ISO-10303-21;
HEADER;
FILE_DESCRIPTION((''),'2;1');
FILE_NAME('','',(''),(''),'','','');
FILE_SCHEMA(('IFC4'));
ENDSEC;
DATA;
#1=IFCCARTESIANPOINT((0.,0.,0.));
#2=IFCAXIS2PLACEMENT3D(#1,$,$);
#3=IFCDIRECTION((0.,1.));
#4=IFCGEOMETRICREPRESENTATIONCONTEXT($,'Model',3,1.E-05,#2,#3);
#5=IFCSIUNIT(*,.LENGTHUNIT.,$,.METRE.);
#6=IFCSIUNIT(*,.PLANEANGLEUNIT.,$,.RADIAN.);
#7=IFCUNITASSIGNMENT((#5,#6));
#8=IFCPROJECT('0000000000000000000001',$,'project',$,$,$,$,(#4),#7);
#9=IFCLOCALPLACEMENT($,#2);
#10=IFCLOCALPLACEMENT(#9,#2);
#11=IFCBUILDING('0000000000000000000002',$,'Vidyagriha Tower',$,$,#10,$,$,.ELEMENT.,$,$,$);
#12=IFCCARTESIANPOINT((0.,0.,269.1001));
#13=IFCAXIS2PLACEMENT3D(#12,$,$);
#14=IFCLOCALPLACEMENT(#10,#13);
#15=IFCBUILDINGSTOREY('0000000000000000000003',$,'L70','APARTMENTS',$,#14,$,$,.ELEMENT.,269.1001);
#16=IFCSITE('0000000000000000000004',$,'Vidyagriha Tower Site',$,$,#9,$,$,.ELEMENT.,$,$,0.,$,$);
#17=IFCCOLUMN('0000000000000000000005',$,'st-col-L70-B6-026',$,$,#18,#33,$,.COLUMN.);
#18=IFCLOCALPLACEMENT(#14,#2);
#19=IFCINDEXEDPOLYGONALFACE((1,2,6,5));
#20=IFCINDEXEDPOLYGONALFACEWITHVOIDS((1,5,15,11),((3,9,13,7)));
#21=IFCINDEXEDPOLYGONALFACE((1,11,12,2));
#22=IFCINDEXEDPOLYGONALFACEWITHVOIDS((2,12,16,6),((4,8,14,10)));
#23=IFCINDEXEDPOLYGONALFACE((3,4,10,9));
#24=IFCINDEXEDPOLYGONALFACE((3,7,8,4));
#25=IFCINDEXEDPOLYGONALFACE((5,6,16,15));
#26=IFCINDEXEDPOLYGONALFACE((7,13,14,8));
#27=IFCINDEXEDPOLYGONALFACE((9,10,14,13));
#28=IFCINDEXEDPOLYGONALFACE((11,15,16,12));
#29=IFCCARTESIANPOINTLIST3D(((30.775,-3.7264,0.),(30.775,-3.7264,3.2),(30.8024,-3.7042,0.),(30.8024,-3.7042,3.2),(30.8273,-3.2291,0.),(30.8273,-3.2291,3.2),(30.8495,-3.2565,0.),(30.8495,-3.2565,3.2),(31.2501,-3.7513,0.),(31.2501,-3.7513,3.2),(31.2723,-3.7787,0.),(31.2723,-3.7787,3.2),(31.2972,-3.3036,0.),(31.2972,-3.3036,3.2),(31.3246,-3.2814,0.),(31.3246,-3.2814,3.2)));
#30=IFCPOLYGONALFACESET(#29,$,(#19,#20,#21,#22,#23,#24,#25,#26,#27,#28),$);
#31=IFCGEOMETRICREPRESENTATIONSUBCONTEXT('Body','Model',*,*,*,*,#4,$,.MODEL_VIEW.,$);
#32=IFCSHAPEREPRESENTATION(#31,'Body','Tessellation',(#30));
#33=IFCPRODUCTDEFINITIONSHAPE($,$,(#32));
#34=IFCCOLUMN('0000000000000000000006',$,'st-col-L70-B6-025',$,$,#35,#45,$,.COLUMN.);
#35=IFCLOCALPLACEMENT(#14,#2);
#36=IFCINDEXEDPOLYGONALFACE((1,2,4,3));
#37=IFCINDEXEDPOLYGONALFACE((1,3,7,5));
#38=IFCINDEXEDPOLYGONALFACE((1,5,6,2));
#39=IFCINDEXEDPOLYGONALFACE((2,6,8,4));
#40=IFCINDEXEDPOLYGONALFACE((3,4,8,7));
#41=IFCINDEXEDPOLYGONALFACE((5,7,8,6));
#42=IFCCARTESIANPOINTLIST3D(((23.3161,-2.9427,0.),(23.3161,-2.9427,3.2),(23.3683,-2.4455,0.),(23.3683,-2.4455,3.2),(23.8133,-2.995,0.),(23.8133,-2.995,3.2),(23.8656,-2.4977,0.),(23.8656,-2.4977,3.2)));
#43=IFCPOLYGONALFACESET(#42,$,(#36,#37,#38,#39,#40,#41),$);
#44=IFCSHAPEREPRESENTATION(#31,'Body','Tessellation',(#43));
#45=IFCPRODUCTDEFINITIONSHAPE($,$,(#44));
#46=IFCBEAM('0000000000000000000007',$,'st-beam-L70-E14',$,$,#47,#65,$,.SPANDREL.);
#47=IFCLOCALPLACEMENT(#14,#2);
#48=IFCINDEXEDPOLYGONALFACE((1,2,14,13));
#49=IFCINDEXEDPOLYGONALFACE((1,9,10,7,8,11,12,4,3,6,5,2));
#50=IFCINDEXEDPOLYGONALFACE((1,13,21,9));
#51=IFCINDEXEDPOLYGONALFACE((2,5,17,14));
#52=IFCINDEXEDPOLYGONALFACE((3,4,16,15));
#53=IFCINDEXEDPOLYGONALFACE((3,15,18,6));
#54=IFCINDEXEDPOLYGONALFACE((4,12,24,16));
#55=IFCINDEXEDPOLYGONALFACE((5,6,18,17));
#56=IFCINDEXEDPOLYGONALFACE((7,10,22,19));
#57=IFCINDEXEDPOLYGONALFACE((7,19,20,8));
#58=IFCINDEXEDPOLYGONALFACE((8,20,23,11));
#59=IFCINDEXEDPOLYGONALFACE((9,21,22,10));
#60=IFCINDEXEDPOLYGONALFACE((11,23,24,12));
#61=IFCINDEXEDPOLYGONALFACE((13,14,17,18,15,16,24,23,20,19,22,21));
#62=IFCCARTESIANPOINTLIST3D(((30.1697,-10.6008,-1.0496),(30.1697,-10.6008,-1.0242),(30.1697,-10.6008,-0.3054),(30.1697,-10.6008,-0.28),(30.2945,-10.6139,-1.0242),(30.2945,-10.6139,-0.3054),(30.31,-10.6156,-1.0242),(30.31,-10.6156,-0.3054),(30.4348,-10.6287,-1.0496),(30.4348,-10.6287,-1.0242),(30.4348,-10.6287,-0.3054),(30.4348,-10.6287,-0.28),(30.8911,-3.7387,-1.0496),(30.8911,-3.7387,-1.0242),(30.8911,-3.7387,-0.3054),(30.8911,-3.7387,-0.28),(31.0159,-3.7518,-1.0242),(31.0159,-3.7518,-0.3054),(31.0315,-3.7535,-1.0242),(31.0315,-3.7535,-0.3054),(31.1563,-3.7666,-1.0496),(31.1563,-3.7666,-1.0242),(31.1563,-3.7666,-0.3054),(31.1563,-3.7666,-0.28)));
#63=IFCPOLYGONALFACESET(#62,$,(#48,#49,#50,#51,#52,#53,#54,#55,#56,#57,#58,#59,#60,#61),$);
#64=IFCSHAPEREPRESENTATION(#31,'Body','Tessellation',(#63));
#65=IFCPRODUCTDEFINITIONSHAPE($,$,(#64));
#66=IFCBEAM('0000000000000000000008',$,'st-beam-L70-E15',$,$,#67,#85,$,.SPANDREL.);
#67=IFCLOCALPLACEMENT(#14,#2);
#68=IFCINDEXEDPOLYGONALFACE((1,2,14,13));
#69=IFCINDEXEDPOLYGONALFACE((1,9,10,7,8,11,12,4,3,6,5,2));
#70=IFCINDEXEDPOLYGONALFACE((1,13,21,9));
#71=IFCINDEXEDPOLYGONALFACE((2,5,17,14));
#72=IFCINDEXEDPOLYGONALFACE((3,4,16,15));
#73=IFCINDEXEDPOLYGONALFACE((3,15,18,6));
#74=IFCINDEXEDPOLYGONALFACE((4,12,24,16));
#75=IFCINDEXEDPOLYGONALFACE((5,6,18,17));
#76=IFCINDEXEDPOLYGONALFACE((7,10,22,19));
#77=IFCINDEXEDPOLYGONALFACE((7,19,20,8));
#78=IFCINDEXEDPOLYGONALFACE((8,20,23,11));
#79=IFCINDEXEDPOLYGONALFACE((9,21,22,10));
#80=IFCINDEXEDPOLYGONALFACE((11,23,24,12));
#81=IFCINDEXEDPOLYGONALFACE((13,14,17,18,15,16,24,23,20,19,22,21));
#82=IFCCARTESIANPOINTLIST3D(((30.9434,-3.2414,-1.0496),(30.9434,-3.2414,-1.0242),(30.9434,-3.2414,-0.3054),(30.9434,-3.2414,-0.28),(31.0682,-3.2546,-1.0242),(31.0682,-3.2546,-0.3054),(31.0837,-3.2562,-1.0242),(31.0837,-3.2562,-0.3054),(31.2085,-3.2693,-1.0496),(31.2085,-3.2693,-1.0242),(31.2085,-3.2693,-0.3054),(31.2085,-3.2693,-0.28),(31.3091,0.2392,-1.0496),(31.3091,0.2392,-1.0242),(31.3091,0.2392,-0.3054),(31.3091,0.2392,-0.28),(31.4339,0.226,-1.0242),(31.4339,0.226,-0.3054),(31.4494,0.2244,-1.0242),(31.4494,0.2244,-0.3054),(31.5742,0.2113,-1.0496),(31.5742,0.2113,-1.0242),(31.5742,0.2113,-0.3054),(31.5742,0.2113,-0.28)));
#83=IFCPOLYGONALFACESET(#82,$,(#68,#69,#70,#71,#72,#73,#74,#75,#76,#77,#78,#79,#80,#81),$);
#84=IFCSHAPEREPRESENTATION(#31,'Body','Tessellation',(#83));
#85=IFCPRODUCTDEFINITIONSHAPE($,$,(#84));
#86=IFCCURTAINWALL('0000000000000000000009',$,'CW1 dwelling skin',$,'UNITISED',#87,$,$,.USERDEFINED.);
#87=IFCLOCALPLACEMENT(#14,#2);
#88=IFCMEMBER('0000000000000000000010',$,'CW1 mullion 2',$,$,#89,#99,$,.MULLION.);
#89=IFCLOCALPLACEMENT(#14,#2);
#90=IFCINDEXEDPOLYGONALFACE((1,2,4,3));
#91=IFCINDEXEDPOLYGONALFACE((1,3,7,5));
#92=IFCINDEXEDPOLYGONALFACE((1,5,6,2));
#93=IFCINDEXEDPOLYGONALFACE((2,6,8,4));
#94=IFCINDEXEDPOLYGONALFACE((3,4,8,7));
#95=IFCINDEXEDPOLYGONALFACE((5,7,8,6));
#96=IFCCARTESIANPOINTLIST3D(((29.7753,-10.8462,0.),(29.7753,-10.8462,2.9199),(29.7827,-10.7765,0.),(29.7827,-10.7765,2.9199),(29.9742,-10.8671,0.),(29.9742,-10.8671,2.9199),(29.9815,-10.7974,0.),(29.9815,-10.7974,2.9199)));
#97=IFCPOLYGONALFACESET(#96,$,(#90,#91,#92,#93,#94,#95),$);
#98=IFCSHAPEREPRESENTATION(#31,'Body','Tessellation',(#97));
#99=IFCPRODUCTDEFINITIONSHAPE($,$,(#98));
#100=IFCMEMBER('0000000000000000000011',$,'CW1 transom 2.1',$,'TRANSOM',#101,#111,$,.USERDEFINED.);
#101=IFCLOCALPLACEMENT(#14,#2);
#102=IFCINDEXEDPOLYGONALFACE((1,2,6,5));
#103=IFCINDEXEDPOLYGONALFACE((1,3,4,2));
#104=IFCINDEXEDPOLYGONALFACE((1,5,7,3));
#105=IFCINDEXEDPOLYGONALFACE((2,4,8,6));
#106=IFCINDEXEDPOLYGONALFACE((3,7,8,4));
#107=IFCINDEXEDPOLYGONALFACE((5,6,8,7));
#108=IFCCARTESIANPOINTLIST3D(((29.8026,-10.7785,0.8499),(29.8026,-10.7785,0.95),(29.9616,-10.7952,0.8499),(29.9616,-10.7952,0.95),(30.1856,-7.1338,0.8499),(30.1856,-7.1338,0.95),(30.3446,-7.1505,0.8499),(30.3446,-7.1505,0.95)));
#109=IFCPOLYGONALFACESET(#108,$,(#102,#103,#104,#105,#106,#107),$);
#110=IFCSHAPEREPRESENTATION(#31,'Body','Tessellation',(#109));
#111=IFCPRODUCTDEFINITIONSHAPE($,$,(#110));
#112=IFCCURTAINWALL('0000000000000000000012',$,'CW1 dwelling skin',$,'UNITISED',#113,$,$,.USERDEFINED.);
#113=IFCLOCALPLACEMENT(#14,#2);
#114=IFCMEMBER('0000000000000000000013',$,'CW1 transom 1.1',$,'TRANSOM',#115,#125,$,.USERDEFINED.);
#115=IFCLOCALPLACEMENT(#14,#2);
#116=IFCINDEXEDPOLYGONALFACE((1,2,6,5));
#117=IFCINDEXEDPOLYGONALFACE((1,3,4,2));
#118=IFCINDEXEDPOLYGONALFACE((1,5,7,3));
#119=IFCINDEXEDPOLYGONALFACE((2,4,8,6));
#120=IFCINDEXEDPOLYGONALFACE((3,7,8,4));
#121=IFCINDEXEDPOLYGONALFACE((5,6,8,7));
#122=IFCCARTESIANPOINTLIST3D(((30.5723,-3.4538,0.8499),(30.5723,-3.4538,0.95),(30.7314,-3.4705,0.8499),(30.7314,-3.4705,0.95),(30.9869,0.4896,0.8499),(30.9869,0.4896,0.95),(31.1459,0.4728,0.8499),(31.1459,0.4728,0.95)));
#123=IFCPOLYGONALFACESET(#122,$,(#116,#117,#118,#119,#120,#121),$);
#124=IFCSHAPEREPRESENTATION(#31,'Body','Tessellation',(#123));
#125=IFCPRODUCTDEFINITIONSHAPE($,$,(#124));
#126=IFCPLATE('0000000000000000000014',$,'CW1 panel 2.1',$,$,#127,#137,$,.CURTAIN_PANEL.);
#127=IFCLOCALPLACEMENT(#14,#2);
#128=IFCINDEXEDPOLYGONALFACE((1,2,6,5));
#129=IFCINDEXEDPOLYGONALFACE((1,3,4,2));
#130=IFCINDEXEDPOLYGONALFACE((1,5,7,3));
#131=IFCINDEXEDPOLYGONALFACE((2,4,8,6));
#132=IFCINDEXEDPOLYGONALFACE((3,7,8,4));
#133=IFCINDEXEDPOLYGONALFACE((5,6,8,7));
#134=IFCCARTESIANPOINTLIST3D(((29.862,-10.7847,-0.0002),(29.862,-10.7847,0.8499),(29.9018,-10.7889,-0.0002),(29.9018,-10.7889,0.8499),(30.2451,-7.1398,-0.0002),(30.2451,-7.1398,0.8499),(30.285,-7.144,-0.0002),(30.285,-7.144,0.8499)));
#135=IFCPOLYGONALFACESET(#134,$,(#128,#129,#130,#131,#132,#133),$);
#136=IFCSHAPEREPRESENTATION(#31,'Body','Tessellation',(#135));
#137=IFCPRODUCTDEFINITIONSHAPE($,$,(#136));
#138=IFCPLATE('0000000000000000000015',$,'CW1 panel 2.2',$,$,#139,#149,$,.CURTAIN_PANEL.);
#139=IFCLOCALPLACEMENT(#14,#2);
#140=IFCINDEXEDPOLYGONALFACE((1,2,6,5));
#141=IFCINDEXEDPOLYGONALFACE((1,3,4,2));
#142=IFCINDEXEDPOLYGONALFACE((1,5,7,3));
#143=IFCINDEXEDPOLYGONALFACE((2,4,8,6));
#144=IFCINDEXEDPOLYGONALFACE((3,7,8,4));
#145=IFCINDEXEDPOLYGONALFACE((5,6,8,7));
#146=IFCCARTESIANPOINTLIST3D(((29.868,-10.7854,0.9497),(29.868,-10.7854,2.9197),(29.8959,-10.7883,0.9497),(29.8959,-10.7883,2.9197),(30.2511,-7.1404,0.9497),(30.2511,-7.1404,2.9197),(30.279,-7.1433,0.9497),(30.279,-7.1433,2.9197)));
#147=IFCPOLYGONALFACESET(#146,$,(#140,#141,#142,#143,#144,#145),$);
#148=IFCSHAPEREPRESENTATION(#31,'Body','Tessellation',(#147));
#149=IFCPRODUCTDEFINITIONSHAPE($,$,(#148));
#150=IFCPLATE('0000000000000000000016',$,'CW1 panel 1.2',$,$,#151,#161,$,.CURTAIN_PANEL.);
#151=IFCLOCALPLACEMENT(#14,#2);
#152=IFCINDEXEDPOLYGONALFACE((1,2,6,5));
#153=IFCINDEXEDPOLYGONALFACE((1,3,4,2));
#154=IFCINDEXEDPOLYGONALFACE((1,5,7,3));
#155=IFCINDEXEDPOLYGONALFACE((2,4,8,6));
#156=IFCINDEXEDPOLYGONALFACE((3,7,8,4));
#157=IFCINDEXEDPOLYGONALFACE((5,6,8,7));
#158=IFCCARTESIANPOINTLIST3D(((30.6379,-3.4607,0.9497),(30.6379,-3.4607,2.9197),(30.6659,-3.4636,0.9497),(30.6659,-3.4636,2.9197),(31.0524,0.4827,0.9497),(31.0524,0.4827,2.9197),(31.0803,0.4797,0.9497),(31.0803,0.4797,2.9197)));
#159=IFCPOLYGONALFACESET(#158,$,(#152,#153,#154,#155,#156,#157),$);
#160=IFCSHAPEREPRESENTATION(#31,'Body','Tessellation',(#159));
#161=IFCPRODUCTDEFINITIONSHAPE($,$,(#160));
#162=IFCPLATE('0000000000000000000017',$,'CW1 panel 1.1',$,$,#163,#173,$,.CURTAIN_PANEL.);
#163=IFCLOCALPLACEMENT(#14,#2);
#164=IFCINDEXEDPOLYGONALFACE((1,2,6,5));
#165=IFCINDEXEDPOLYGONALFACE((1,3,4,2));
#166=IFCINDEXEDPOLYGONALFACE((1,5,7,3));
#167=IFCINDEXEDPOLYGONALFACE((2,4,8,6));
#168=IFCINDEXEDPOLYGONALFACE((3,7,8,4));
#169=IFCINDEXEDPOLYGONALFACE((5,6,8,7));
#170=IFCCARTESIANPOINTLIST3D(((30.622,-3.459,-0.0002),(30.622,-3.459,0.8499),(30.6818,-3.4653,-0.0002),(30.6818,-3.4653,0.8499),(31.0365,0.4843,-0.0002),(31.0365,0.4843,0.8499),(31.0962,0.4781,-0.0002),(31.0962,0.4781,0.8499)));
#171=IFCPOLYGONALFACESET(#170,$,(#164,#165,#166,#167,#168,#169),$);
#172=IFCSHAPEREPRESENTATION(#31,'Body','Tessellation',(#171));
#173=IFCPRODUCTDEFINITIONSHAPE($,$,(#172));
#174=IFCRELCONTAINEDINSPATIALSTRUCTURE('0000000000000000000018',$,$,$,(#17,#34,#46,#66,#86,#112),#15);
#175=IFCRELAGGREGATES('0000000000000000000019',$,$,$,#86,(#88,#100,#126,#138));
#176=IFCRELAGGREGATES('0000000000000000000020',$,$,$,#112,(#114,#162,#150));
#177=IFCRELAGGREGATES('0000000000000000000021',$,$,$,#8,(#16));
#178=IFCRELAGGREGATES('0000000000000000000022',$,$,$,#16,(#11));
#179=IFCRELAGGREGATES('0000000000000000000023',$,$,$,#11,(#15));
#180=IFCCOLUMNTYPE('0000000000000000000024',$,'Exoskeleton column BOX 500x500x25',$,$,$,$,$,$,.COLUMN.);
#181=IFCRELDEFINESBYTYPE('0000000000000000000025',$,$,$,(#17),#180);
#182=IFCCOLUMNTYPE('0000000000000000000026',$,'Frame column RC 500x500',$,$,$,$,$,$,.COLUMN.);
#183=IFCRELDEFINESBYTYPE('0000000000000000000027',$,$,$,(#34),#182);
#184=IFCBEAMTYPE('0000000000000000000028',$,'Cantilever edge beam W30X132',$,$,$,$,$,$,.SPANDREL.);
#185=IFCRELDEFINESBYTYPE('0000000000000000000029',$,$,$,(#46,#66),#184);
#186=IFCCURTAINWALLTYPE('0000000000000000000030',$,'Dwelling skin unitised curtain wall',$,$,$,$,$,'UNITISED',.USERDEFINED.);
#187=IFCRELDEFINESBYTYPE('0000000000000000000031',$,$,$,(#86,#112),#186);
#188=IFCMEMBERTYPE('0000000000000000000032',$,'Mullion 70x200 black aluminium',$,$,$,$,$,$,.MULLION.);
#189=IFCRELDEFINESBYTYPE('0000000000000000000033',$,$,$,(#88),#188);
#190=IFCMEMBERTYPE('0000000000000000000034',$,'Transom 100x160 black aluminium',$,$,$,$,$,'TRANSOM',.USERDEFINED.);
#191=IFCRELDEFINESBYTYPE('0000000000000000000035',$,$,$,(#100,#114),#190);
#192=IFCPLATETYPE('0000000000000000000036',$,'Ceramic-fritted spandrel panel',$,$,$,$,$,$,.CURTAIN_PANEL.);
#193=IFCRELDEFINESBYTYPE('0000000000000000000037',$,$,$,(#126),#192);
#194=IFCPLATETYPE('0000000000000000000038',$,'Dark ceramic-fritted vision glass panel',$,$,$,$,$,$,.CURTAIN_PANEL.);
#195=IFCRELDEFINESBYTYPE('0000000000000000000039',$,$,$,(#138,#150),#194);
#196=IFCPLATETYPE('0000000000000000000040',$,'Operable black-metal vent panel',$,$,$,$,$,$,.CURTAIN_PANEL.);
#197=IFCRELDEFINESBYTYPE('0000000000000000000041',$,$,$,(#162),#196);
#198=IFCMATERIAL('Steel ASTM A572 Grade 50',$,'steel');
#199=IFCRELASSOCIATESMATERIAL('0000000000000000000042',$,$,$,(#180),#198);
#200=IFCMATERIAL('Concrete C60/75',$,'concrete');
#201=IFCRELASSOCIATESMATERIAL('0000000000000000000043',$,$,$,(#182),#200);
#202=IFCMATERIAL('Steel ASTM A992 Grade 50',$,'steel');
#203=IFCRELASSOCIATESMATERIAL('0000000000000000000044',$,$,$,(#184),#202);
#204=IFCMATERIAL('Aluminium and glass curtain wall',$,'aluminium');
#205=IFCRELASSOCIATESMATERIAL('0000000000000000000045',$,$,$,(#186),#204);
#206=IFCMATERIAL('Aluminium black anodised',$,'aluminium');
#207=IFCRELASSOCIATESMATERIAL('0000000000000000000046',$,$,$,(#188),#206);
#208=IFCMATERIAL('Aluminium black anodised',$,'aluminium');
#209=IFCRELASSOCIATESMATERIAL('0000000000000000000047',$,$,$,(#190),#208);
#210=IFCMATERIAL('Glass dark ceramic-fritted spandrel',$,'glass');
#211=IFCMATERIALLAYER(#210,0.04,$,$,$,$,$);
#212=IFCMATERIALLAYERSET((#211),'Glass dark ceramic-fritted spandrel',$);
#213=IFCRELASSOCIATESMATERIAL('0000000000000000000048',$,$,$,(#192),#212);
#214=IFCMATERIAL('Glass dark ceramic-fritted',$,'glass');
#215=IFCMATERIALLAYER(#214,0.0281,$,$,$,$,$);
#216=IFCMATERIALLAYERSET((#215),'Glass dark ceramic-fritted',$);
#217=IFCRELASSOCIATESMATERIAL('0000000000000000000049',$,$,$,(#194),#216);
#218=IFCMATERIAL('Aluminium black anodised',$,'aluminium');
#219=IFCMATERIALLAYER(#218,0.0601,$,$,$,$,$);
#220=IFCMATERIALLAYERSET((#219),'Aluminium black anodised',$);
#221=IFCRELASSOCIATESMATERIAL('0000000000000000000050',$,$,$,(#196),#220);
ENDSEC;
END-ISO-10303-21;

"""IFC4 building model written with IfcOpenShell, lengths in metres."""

from ifc_helpers import new_model, si_unit, direction, frame, origin, origin_2d, place, context, subcontext, project, spatial, rectangle, hollow_rectangle, i_section, extrude, material, layer, layer_set, material_profile, profile_set, type_object, element, aggregate, save


model = new_model("IFC4")

# Units and contexts
model_context = context("Model", 3, precision=1e-05, world=origin(), true_north=direction((0.0, 1.0)))
body_context = subcontext(model_context, "Body", "Model", "MODEL_VIEW")
ifc_project = project(units=[si_unit("LENGTHUNIT", "METRE"), si_unit("PLANEANGLEUNIT", "RADIAN")], contexts=[model_context])

# Site, building, storey
site_placement = place(None, origin())
site = spatial("IfcSite", under=ifc_project, at=site_placement, Name="Vidyagriha Tower Site", CompositionType="ELEMENT", RefElevation=0.0)
building_placement = place(site_placement, origin())
building = spatial("IfcBuilding", under=site, at=building_placement, Name="Vidyagriha Tower", CompositionType="ELEMENT")
storey_placement = place(building_placement, frame((0.0, 0.0, 269.1001)))
storey = spatial("IfcBuildingStorey", under=building, at=storey_placement, Name="L70", Description="APARTMENTS", CompositionType="ELEMENT", Elevation=269.1001)

# Columns
ifc_material_1 = material(Name="Steel ASTM A572 Grade 50", Category="steel")
ifc_material_profile_1 = material_profile(ifc_material_1, hollow_rectangle(XDim=0.5, YDim=0.5, WallThickness=0.0249, at=origin_2d()), Name="BOX 500x500x25")
ifc_profile_set_1 = profile_set([ifc_material_profile_1], Name="Steel ASTM A572 Grade 50")
column_type_1 = type_object("IfcColumnType", Name="Exoskeleton column BOX 500x500x25", PredefinedType="COLUMN", material=ifc_profile_set_1)
column_1_placement = place(storey_placement, frame((31.0498, -3.5039, 0.0), z_axis=(0.0, 0.0, 1.0), x_axis=(0.994522, -0.104528, 0.0)))
element("IfcColumn", 1, at=column_1_placement, inside=storey, type_object=column_type_1, Name="st-col-L70-B6-026", PredefinedType="COLUMN", context=body_context, shape_type="SweptSolid", body=[
    extrude(hollow_rectangle(XDim=0.5, YDim=0.5, WallThickness=0.0249, at=origin_2d()), origin(), (0.0, 0.0, 1.0), 3.2),
])
ifc_material_2 = material(Name="Concrete C60/75", Category="concrete")
ifc_material_profile_2 = material_profile(ifc_material_2, rectangle(XDim=0.5, YDim=0.5, at=origin_2d()), Name="RC 500x500")
ifc_profile_set_2 = profile_set([ifc_material_profile_2], Name="Concrete C60/75")
column_type_2 = type_object("IfcColumnType", Name="Frame column RC 500x500", PredefinedType="COLUMN", material=ifc_profile_set_2)
column_2_placement = place(storey_placement, frame((23.5908, -2.7202, 0.0), z_axis=(0.0, 0.0, 1.0), x_axis=(0.994522, -0.104528, 0.0)))
element("IfcColumn", 2, at=column_2_placement, inside=storey, type_object=column_type_2, Name="st-col-L70-B6-025", PredefinedType="COLUMN", context=body_context, shape_type="SweptSolid", body=[
    extrude(rectangle(XDim=0.5, YDim=0.5, at=origin_2d()), origin(), (0.0, 0.0, 1.0), 3.2),
])

# Beams
ifc_material_3 = material(Name="Steel ASTM A992 Grade 50", Category="steel")
ifc_material_profile_3 = material_profile(ifc_material_3, i_section(OverallWidth=0.2666, OverallDepth=0.7695, WebThickness=0.0156, FlangeThickness=0.0254, at=origin_2d()), Name="W30X132")
ifc_profile_set_3 = profile_set([ifc_material_profile_3], Name="Steel ASTM A992 Grade 50")
beam_type = type_object("IfcBeamType", Name="Cantilever edge beam W30X132", PredefinedType="SPANDREL", material=ifc_profile_set_3)
beam_1_placement = place(storey_placement, frame((30.3022, -10.6147, -0.6648), z_axis=(0.104558, 0.994519, 0.0), x_axis=(-0.994519, 0.104558, 0.0)))
element("IfcBeam", 3, at=beam_1_placement, inside=storey, type_object=beam_type, Name="st-beam-L70-E14", PredefinedType="SPANDREL", context=body_context, shape_type="SweptSolid", body=[
    extrude(i_section(OverallWidth=0.2666, OverallDepth=0.7695, WebThickness=0.0156, FlangeThickness=0.0254, at=origin_2d()), origin(), (0.0, 0.0, 1.0), 6.8999),
])
beam_2_placement = place(storey_placement, frame((31.0759, -3.2554, -0.6648), z_axis=(0.104496, 0.994525, 0.0), x_axis=(-0.994525, 0.104496, 0.0)))
element("IfcBeam", 4, at=beam_2_placement, inside=storey, type_object=beam_type, Name="st-beam-L70-E15", PredefinedType="SPANDREL", context=body_context, shape_type="SweptSolid", body=[
    extrude(i_section(OverallWidth=0.2666, OverallDepth=0.7695, WebThickness=0.0156, FlangeThickness=0.0254, at=origin_2d()), origin(), (0.0, 0.0, 1.0), 3.4998),
])

# Curtain wall, members
ifc_material_4 = material(Name="Aluminium and glass curtain wall", Category="aluminium")
curtain_wall_type = type_object("IfcCurtainWallType", Name="Dwelling skin unitised curtain wall", ElementType="UNITISED", PredefinedType="USERDEFINED", material=ifc_material_4)
curtain_wall_1_placement = place(storey_placement, origin())
curtain_wall_1 = element("IfcCurtainWall", 5, at=curtain_wall_1_placement, inside=storey, type_object=curtain_wall_type, Name="CW1 dwelling skin", ObjectType="UNITISED", PredefinedType="USERDEFINED")
ifc_material_5 = material(Name="Aluminium black anodised", Category="aluminium")
ifc_material_profile_4 = material_profile(ifc_material_5, rectangle(XDim=0.2, YDim=0.0701, at=origin_2d()), Name="Mullion 70x200 black aluminium")
ifc_profile_set_4 = profile_set([ifc_material_profile_4], Name="Aluminium black anodised")
member_type_1 = type_object("IfcMemberType", Name="Mullion 70x200 black aluminium", PredefinedType="MULLION", material=ifc_profile_set_4)
member_1_placement = place(storey_placement, frame((29.8784, -10.8218, 0.0), z_axis=(0.0, 0.0, 1.0), x_axis=(-0.994521, 0.104533, 0.0)))
member_1 = element("IfcMember", 6, at=member_1_placement, type_object=member_type_1, Name="CW1 mullion 2", PredefinedType="MULLION", context=body_context, shape_type="SweptSolid", body=[
    extrude(rectangle(XDim=0.2, YDim=0.0701, at=origin_2d()), origin(), (0.0, 0.0, 1.0), 2.9199),
])
ifc_material_6 = material(Name="Aluminium black anodised", Category="aluminium")
ifc_material_profile_5 = material_profile(ifc_material_6, rectangle(XDim=0.1599, YDim=0.1001, at=origin_2d()), Name="Transom 100x160 black aluminium")
ifc_profile_set_5 = profile_set([ifc_material_profile_5], Name="Aluminium black anodised")
member_type_2 = type_object("IfcMemberType", Name="Transom 100x160 black aluminium", ElementType="TRANSOM", PredefinedType="USERDEFINED", material=ifc_profile_set_5)
member_2_placement = place(storey_placement, frame((29.8821, -10.7869, 0.8999), z_axis=(0.104522, 0.994523, 0.0), x_axis=(-0.994523, 0.104522, 0.0)))
member_2 = element("IfcMember", 7, at=member_2_placement, type_object=member_type_2, Name="CW1 transom 2.1", ObjectType="TRANSOM", PredefinedType="USERDEFINED", context=body_context, shape_type="SweptSolid", body=[
    extrude(rectangle(XDim=0.1599, YDim=0.1001, at=origin_2d()), origin(), (0.0, 0.0, 1.0), 3.6648),
])

# Curtain wall, member
curtain_wall_2_placement = place(storey_placement, origin())
curtain_wall_2 = element("IfcCurtainWall", 8, at=curtain_wall_2_placement, inside=storey, type_object=curtain_wall_type, Name="CW1 dwelling skin", ObjectType="UNITISED", PredefinedType="USERDEFINED")
member_3_placement = place(storey_placement, frame((30.6519, -3.4622, 0.8999), z_axis=(0.10455, 0.99452, 0.0), x_axis=(-0.99452, 0.10455, 0.0)))
member_3 = element("IfcMember", 9, at=member_3_placement, type_object=member_type_2, Name="CW1 transom 1.1", ObjectType="TRANSOM", PredefinedType="USERDEFINED", context=body_context, shape_type="SweptSolid", body=[
    extrude(rectangle(XDim=0.1599, YDim=0.1001, at=origin_2d()), origin(), (0.0, 0.0, 1.0), 3.9651),
])

# Plates
ifc_material_7 = material(Name="Glass dark ceramic-fritted spandrel", Category="glass")
ifc_layer_1 = layer(ifc_material_7, 0.04)
ifc_layer_set_1 = layer_set([ifc_layer_1], Name="Glass dark ceramic-fritted spandrel")
plate_type_1 = type_object("IfcPlateType", Name="Ceramic-fritted spandrel panel", PredefinedType="CURTAIN_PANEL", material=ifc_layer_set_1)
plate_1_placement = place(storey_placement, frame((30.0735, -8.9644, -0.0002), z_axis=(0.0, 0.0, 1.0), x_axis=(0.104533, 0.994521, 0.0)))
plate_1 = element("IfcPlate", 10, at=plate_1_placement, type_object=plate_type_1, Name="CW1 panel 2.1", PredefinedType="CURTAIN_PANEL", context=body_context, shape_type="SweptSolid", body=[
    extrude(rectangle(XDim=3.665, YDim=0.04, at=origin_2d()), origin(), (0.0, 0.0, 1.0), 0.8501),
])
ifc_material_8 = material(Name="Glass dark ceramic-fritted", Category="glass")
ifc_layer_2 = layer(ifc_material_8, 0.0281)
ifc_layer_set_2 = layer_set([ifc_layer_2], Name="Glass dark ceramic-fritted")
plate_type_2 = type_object("IfcPlateType", Name="Dark ceramic-fritted vision glass panel", PredefinedType="CURTAIN_PANEL", material=ifc_layer_set_2)
plate_2_placement = place(storey_placement, frame((30.0735, -8.9644, 0.9497), z_axis=(0.0, 0.0, 1.0), x_axis=(0.104533, 0.994521, 0.0)))
plate_2 = element("IfcPlate", 11, at=plate_2_placement, type_object=plate_type_2, Name="CW1 panel 2.2", PredefinedType="CURTAIN_PANEL", context=body_context, shape_type="SweptSolid", body=[
    extrude(rectangle(XDim=3.665, YDim=0.0281, at=origin_2d()), origin(), (0.0, 0.0, 1.0), 1.97),
])
aggregate(curtain_wall_1, [member_1, member_2, plate_1, plate_2])
plate_3_placement = place(storey_placement, frame((30.8591, -1.4905, 0.9497), z_axis=(0.0, 0.0, 1.0), x_axis=(0.10453, 0.994522, 0.0)))
plate_3 = element("IfcPlate", 12, at=plate_3_placement, type_object=plate_type_2, Name="CW1 panel 1.2", PredefinedType="CURTAIN_PANEL", context=body_context, shape_type="SweptSolid", body=[
    extrude(rectangle(XDim=3.9651, YDim=0.0281, at=origin_2d()), origin(), (0.0, 0.0, 1.0), 1.97),
])
ifc_material_9 = material(Name="Aluminium black anodised", Category="aluminium")
ifc_layer_3 = layer(ifc_material_9, 0.0601)
ifc_layer_set_3 = layer_set([ifc_layer_3], Name="Aluminium black anodised")
plate_type_3 = type_object("IfcPlateType", Name="Operable black-metal vent panel", PredefinedType="CURTAIN_PANEL", material=ifc_layer_set_3)
plate_4_placement = place(storey_placement, frame((30.8591, -1.4905, -0.0002), z_axis=(0.0, 0.0, 1.0), x_axis=(0.10453, 0.994522, 0.0)))
plate_4 = element("IfcPlate", 13, at=plate_4_placement, type_object=plate_type_3, Name="CW1 panel 1.1", PredefinedType="CURTAIN_PANEL", context=body_context, shape_type="SweptSolid", body=[
    extrude(rectangle(XDim=3.9651, YDim=0.0601, at=origin_2d()), origin(), (0.0, 0.0, 1.0), 0.8501),
])
aggregate(curtain_wall_2, [member_3, plate_4, plate_3])

save(model, "model.ifc")
